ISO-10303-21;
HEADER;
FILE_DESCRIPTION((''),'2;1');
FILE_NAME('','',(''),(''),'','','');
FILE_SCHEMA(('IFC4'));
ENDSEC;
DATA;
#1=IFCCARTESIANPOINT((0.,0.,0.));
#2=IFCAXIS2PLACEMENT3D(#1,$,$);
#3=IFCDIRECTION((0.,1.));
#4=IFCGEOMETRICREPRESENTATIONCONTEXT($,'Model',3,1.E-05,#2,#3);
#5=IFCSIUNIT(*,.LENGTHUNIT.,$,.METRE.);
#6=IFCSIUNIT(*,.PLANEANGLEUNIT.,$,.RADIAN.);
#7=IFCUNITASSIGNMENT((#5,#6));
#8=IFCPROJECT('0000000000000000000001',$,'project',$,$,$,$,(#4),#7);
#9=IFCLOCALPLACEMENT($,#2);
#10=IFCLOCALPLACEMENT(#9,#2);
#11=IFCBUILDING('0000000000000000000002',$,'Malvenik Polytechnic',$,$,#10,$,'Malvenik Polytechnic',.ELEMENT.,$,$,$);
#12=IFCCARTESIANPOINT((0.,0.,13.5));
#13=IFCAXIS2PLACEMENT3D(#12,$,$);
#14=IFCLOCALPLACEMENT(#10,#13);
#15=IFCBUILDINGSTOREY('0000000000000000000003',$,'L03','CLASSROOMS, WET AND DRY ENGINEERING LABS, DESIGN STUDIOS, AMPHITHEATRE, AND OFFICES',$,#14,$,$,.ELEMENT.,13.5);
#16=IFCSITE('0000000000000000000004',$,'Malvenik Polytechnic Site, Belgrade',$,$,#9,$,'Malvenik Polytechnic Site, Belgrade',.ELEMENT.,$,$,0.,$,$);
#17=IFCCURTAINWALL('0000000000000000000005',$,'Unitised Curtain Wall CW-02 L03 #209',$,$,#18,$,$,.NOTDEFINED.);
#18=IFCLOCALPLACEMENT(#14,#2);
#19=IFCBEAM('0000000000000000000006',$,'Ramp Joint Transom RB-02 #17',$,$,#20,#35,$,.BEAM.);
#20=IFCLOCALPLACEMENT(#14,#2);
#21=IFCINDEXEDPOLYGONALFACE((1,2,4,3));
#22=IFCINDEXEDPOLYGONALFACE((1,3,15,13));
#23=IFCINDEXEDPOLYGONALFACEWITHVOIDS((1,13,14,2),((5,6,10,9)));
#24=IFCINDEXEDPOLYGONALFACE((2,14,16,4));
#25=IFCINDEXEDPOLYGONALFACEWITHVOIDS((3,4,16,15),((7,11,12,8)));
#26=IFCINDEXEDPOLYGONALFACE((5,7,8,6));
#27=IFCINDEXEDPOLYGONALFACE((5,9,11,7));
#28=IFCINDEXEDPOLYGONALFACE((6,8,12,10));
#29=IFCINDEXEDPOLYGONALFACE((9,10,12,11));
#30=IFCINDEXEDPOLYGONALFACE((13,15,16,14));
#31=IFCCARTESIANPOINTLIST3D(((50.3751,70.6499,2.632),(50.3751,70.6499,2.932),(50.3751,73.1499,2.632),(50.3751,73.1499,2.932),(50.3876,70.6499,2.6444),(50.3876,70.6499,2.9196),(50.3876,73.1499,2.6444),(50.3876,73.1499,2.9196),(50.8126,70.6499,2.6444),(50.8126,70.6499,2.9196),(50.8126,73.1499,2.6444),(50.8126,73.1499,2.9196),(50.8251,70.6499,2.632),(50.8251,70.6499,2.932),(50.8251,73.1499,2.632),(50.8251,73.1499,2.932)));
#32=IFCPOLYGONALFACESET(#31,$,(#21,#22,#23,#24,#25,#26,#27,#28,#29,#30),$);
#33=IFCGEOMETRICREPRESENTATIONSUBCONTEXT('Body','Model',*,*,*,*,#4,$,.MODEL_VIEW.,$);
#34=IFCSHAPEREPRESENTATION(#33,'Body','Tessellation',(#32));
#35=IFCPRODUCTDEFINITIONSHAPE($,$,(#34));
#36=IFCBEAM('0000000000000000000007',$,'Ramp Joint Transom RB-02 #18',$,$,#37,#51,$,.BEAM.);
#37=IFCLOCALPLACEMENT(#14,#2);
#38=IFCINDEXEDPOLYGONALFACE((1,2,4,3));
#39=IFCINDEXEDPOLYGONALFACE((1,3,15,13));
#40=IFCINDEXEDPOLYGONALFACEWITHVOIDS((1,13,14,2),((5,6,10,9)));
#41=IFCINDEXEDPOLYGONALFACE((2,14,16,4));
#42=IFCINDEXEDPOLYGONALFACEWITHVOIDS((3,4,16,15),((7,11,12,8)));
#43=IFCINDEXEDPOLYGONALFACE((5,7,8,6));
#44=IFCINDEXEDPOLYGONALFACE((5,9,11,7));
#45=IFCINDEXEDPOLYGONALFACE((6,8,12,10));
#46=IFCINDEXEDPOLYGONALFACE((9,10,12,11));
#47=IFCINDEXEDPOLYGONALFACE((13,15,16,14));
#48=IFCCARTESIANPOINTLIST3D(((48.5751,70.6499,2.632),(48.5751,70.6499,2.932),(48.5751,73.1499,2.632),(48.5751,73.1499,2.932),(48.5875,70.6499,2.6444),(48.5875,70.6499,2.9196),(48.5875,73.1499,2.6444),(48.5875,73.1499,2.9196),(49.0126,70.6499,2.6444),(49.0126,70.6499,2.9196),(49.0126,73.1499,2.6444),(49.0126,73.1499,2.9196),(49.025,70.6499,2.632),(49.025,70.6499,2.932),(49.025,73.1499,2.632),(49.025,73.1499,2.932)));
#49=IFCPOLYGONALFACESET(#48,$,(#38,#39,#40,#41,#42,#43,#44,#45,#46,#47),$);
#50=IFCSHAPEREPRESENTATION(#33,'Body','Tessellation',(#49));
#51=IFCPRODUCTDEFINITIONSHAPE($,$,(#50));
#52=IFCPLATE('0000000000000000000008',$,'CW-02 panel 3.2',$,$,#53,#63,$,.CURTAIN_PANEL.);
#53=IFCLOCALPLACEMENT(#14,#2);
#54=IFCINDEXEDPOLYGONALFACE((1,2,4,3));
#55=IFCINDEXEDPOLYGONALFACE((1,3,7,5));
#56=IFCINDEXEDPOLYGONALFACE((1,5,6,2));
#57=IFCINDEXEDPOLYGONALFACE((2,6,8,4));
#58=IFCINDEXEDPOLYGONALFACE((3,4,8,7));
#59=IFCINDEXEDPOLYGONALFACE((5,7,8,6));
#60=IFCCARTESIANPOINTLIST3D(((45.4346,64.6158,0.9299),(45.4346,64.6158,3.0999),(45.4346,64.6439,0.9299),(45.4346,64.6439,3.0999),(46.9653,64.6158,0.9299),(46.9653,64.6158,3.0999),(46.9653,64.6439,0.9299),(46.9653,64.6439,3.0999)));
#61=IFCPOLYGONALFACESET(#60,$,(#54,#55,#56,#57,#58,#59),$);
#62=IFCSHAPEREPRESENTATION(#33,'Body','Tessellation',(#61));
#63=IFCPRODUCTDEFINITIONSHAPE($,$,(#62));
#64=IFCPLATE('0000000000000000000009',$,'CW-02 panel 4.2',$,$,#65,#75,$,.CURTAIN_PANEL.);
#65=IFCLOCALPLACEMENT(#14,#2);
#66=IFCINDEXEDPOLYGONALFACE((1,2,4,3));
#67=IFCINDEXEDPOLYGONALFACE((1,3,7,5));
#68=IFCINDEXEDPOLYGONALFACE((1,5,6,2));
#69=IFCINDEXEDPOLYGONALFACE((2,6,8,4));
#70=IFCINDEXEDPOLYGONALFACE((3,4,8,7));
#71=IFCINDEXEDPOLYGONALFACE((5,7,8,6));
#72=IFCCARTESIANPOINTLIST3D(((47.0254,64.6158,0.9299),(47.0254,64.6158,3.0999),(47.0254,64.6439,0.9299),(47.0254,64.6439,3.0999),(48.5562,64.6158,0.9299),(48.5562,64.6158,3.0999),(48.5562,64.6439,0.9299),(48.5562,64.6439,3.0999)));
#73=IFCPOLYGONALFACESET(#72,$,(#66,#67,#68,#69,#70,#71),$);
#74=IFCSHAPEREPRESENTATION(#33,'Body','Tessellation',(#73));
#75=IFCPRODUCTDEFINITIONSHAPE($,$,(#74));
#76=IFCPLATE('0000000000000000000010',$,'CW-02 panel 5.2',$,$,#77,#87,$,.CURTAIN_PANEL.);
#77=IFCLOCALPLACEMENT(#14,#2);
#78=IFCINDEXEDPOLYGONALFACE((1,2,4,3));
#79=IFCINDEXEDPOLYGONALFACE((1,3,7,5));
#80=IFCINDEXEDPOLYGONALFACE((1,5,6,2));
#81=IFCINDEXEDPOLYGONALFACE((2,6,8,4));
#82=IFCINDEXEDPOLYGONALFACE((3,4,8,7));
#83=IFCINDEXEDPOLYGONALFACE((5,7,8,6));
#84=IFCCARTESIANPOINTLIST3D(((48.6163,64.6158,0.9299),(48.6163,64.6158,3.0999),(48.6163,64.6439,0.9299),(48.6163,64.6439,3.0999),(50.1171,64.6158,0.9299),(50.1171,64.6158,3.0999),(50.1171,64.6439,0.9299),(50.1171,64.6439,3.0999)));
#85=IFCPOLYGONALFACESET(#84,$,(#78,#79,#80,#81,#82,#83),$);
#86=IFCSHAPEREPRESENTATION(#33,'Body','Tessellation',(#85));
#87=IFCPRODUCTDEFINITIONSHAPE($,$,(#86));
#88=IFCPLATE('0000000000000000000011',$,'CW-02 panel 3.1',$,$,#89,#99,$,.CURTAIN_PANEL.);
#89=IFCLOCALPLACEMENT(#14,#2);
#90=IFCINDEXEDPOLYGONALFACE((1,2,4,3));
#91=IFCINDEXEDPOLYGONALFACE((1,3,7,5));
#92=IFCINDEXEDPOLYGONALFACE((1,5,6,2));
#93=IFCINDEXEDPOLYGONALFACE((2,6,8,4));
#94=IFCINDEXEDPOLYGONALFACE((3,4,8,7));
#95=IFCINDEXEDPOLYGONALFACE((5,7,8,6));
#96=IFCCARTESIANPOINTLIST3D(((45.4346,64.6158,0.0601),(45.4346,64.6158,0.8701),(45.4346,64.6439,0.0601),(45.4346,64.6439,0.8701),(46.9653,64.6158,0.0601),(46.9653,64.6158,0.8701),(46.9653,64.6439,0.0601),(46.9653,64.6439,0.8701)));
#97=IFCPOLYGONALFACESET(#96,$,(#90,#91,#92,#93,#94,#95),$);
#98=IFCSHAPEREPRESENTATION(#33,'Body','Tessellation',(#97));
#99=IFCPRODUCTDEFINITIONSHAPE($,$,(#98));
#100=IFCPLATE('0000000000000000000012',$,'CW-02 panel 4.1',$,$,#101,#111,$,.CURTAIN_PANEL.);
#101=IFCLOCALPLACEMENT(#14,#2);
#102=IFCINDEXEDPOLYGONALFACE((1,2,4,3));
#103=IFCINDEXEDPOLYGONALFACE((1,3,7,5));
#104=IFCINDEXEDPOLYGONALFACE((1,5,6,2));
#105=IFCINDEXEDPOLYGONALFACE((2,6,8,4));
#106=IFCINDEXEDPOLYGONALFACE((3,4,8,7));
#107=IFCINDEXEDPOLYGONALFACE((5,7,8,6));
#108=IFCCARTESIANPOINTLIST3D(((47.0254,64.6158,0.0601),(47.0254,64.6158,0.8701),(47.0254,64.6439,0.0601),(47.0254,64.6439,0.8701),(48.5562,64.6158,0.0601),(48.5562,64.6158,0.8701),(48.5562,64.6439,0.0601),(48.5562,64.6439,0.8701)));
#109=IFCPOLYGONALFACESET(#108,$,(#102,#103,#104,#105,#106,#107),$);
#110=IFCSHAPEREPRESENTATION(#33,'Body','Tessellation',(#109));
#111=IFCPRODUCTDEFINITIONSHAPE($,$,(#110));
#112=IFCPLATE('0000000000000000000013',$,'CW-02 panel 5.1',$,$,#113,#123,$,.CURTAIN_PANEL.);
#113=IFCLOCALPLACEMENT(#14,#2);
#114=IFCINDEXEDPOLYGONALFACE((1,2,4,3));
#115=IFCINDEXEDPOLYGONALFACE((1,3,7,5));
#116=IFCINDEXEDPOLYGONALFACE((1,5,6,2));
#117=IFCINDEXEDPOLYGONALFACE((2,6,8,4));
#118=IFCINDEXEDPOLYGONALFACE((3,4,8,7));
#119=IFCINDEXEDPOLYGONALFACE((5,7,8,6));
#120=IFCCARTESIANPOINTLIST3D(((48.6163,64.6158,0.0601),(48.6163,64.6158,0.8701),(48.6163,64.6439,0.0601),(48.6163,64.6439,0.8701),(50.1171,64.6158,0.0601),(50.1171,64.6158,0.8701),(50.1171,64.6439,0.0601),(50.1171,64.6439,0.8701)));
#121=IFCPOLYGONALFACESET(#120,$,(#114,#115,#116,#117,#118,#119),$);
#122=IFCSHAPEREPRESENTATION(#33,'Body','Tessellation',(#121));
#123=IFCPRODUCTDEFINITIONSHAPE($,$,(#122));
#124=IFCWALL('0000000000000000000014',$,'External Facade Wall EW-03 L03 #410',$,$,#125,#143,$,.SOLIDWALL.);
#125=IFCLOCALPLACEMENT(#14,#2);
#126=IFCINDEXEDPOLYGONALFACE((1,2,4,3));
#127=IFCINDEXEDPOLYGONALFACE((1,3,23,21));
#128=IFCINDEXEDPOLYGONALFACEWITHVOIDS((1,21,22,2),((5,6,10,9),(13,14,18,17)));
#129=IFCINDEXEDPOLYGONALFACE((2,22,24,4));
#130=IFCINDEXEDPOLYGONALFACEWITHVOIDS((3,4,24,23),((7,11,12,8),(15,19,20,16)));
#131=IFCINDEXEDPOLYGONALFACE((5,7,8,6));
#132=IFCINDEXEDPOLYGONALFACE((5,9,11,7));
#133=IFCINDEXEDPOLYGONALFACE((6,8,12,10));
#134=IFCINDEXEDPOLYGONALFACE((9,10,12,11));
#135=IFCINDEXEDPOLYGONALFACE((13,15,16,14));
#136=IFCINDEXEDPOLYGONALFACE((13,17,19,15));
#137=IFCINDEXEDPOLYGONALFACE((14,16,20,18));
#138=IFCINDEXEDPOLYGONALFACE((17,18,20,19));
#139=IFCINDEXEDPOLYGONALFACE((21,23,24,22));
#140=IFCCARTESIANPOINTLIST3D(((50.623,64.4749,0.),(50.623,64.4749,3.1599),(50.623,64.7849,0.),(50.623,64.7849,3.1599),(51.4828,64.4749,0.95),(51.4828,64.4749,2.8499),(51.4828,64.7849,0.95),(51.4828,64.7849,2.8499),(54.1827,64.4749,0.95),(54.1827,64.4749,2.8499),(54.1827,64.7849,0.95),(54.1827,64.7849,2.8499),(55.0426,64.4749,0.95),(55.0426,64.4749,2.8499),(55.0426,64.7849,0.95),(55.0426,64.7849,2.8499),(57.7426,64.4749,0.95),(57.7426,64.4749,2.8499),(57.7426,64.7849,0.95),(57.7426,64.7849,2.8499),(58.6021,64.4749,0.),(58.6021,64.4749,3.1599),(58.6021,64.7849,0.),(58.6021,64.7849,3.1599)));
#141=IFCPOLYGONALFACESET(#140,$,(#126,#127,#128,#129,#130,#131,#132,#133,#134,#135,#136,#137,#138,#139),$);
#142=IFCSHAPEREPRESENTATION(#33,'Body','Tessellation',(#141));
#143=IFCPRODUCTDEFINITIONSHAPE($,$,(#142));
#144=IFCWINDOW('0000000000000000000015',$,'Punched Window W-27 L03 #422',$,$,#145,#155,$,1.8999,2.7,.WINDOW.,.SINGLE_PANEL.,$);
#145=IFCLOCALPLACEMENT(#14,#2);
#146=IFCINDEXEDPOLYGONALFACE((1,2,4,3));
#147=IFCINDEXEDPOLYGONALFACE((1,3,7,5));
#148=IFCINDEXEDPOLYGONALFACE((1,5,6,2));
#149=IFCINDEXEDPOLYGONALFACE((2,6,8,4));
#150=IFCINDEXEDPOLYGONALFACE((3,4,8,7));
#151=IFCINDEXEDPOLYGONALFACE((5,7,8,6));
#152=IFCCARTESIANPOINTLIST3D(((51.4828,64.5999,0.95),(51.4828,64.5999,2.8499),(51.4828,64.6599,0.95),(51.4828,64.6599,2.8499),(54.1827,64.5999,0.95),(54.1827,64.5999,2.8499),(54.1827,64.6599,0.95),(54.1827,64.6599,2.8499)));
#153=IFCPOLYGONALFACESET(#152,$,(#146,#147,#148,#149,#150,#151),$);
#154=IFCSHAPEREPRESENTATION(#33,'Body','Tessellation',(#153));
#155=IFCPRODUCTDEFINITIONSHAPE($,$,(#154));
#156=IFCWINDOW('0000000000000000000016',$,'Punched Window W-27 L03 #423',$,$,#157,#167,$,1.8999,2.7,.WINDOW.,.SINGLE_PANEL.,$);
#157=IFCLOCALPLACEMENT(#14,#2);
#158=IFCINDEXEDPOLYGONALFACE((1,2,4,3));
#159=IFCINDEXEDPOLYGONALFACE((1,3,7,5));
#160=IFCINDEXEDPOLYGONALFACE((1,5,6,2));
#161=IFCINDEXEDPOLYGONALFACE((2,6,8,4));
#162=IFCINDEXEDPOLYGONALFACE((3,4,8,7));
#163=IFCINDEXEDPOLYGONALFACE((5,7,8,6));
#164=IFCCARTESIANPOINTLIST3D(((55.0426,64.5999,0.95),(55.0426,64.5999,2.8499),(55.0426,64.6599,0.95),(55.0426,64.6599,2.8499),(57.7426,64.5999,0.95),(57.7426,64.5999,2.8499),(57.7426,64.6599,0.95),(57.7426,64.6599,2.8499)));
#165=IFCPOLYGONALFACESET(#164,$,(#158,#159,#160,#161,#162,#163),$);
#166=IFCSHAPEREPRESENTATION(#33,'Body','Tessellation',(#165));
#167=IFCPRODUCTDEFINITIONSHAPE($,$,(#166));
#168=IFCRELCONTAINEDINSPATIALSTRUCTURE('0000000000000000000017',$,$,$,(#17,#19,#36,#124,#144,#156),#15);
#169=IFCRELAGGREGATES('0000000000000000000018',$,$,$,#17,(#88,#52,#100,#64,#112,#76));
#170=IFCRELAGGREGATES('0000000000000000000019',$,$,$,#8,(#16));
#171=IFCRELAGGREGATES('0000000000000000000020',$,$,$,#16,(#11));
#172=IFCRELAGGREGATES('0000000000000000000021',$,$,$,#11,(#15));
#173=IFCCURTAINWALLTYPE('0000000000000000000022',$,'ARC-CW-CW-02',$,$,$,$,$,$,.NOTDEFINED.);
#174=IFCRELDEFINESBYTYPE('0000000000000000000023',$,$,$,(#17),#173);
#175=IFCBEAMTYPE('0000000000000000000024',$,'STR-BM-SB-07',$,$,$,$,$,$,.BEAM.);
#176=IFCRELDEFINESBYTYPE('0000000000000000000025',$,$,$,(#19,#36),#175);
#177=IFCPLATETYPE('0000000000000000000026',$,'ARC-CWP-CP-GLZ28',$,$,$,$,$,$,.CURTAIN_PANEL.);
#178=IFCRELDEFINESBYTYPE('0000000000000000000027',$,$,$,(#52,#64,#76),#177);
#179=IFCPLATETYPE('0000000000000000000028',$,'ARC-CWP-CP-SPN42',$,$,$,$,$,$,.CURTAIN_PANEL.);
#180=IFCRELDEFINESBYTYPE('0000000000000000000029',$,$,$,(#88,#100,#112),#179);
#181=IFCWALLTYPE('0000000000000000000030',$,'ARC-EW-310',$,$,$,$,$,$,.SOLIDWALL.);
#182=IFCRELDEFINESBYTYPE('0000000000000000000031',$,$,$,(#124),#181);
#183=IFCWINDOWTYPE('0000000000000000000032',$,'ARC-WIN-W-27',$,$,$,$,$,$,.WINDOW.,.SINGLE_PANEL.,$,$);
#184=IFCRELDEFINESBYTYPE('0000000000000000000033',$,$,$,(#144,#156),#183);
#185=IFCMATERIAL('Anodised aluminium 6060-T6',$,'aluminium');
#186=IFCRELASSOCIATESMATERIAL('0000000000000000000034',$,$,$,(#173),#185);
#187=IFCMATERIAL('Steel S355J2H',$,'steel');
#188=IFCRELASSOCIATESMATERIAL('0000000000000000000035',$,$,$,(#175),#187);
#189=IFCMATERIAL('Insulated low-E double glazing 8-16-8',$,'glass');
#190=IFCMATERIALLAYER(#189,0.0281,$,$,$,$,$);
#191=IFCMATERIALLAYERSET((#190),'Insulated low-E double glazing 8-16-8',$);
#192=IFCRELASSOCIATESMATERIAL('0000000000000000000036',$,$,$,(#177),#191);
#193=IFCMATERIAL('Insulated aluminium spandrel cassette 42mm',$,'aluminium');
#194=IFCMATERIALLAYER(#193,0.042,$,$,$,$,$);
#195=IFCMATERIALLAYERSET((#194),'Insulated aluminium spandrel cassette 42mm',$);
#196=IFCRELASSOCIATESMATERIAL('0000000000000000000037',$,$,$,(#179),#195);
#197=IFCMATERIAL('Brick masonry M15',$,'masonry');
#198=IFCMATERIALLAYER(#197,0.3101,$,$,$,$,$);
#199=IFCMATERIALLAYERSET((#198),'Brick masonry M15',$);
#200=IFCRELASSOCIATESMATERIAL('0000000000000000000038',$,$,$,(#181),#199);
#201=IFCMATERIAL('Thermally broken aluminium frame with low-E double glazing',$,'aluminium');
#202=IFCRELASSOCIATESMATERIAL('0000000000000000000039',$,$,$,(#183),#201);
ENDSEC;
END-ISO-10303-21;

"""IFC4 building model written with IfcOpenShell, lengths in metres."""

from ifc_helpers import new_model, si_unit, direction, frame, frame_2d, origin, origin_2d, place, context, subcontext, project, spatial, rectangle, hollow_rectangle, extrude, material, layer, layer_set, material_profile, profile_set, type_object, element, fill, aggregate, save


model = new_model("IFC4")

# Units and contexts
model_context = context("Model", 3, precision=1e-05, world=origin(), true_north=direction((0.0, 1.0)))
body_context = subcontext(model_context, "Body", "Model", "MODEL_VIEW")
ifc_project = project(units=[si_unit("LENGTHUNIT", "METRE"), si_unit("PLANEANGLEUNIT", "RADIAN")], contexts=[model_context])

# Site, building, storey
site_placement = place(None, origin())
site = spatial("IfcSite", under=ifc_project, at=site_placement, Name="Malvenik Polytechnic Site, Belgrade", LongName="Malvenik Polytechnic Site, Belgrade", CompositionType="ELEMENT", RefElevation=0.0)
building_placement = place(site_placement, origin())
building = spatial("IfcBuilding", under=site, at=building_placement, Name="Malvenik Polytechnic", LongName="Malvenik Polytechnic", CompositionType="ELEMENT")
storey_placement = place(building_placement, frame((0.0, 0.0, 13.5)))
storey = spatial("IfcBuildingStorey", under=building, at=storey_placement, Name="L03", Description="CLASSROOMS, WET AND DRY ENGINEERING LABS, DESIGN STUDIOS, AMPHITHEATRE, AND OFFICES", CompositionType="ELEMENT", Elevation=13.5)

# Curtain wall
ifc_material_1 = material(Name="Anodised aluminium 6060-T6", Category="aluminium")
curtain_wall_type = type_object("IfcCurtainWallType", Name="ARC-CW-CW-02", PredefinedType="NOTDEFINED", material=ifc_material_1)
curtain_wall_placement = place(storey_placement, origin())
curtain_wall = element("IfcCurtainWall", 1, at=curtain_wall_placement, inside=storey, type_object=curtain_wall_type, Name="Unitised Curtain Wall CW-02 L03 #209", PredefinedType="NOTDEFINED")

# Beams
ifc_material_2 = material(Name="Steel S355J2H", Category="steel")
ifc_material_profile_1 = material_profile(ifc_material_2, hollow_rectangle(XDim=0.45, YDim=0.3, WallThickness=0.0125, at=origin_2d()), Name="RHS 450x300x12.5")
ifc_profile_set_1 = profile_set([ifc_material_profile_1], Name="Steel S355J2H")
beam_type = type_object("IfcBeamType", Name="STR-BM-SB-07", PredefinedType="BEAM", material=ifc_profile_set_1)
for number, where, z_axis, x_axis, name in (
    (2, (50.6001, 70.6499, 2.782), (0.0, 1.0, 0.0), (-1.0, 0.0, 0.0), "Ramp Joint Transom RB-02 #17"),
    (3, (48.8, 70.6499, 2.782), (0.0, 1.0, 0.0), (-1.0, 0.0, 0.0), "Ramp Joint Transom RB-02 #18"),
):
    element("IfcBeam", number, at=place(storey_placement, frame(where, z_axis=z_axis, x_axis=x_axis)), inside=storey, type_object=beam_type, Name=name, PredefinedType="BEAM", context=body_context, shape_type="SweptSolid", body=[
        extrude(hollow_rectangle(XDim=0.45, YDim=0.3, WallThickness=0.0125, at=origin_2d()), origin(), (0.0, 0.0, 1.0), 2.5),
    ])

# Plates
ifc_material_3 = material(Name="Insulated low-E double glazing 8-16-8", Category="glass")
ifc_layer_1 = layer(ifc_material_3, 0.0281)
ifc_layer_set_1 = layer_set([ifc_layer_1], Name="Insulated low-E double glazing 8-16-8")
plate_type_1 = type_object("IfcPlateType", Name="ARC-CWP-CP-GLZ28", PredefinedType="CURTAIN_PANEL", material=ifc_layer_set_1)
plate_1_placement = place(storey_placement, frame((46.2, 64.6299, 0.9299), z_axis=(0.0, 0.0, 1.0), x_axis=(1.0, 0.0, 0.0)))
plate_1 = element("IfcPlate", 4, at=plate_1_placement, type_object=plate_type_1, Name="CW-02 panel 3.2", PredefinedType="CURTAIN_PANEL", context=body_context, shape_type="SweptSolid", body=[
    extrude(rectangle(XDim=1.5308, YDim=0.0281, at=origin_2d()), origin(), (0.0, 0.0, 1.0), 2.1699),
])
plate_2_placement = place(storey_placement, frame((47.7908, 64.6299, 0.9299), z_axis=(0.0, 0.0, 1.0), x_axis=(1.0, 0.0, 0.0)))
plate_2 = element("IfcPlate", 5, at=plate_2_placement, type_object=plate_type_1, Name="CW-02 panel 4.2", PredefinedType="CURTAIN_PANEL", context=body_context, shape_type="SweptSolid", body=[
    extrude(rectangle(XDim=1.5308, YDim=0.0281, at=origin_2d()), origin(), (0.0, 0.0, 1.0), 2.1699),
])
plate_3_placement = place(storey_placement, frame((49.3667, 64.6299, 0.9299), z_axis=(0.0, 0.0, 1.0), x_axis=(1.0, 0.0, 0.0)))
plate_3 = element("IfcPlate", 6, at=plate_3_placement, type_object=plate_type_1, Name="CW-02 panel 5.2", PredefinedType="CURTAIN_PANEL", context=body_context, shape_type="SweptSolid", body=[
    extrude(rectangle(XDim=1.5007, YDim=0.0281, at=origin_2d()), origin(), (0.0, 0.0, 1.0), 2.1699),
])
ifc_material_4 = material(Name="Insulated aluminium spandrel cassette 42mm", Category="aluminium")
ifc_layer_2 = layer(ifc_material_4, 0.042)
ifc_layer_set_2 = layer_set([ifc_layer_2], Name="Insulated aluminium spandrel cassette 42mm")
plate_type_2 = type_object("IfcPlateType", Name="ARC-CWP-CP-SPN42", PredefinedType="CURTAIN_PANEL", material=ifc_layer_set_2)
plate_4_placement = place(storey_placement, frame((46.2, 64.6299, 0.0601), z_axis=(0.0, 0.0, 1.0), x_axis=(1.0, 0.0, 0.0)))
plate_4 = element("IfcPlate", 7, at=plate_4_placement, type_object=plate_type_2, Name="CW-02 panel 3.1", PredefinedType="CURTAIN_PANEL", context=body_context, shape_type="SweptSolid", body=[
    extrude(rectangle(XDim=1.5308, YDim=0.0281, at=origin_2d()), origin(), (0.0, 0.0, 1.0), 0.8101),
])
plate_5_placement = place(storey_placement, frame((47.7908, 64.6299, 0.0601), z_axis=(0.0, 0.0, 1.0), x_axis=(1.0, 0.0, 0.0)))
plate_5 = element("IfcPlate", 8, at=plate_5_placement, type_object=plate_type_2, Name="CW-02 panel 4.1", PredefinedType="CURTAIN_PANEL", context=body_context, shape_type="SweptSolid", body=[
    extrude(rectangle(XDim=1.5308, YDim=0.0281, at=origin_2d()), origin(), (0.0, 0.0, 1.0), 0.8101),
])
plate_6_placement = place(storey_placement, frame((49.3667, 64.6299, 0.0601), z_axis=(0.0, 0.0, 1.0), x_axis=(1.0, 0.0, 0.0)))
plate_6 = element("IfcPlate", 9, at=plate_6_placement, type_object=plate_type_2, Name="CW-02 panel 5.1", PredefinedType="CURTAIN_PANEL", context=body_context, shape_type="SweptSolid", body=[
    extrude(rectangle(XDim=1.5007, YDim=0.0281, at=origin_2d()), origin(), (0.0, 0.0, 1.0), 0.8101),
])
aggregate(curtain_wall, [plate_4, plate_1, plate_5, plate_2, plate_6, plate_3])

# Wall, openings, windows
ifc_material_5 = material(Name="Brick masonry M15", Category="masonry")
ifc_layer_3 = layer(ifc_material_5, 0.3101)
ifc_layer_set_3 = layer_set([ifc_layer_3], Name="Brick masonry M15")
wall_type = type_object("IfcWallType", Name="ARC-EW-310", PredefinedType="SOLIDWALL", material=ifc_layer_set_3)
wall_placement = place(storey_placement, frame((50.623, 64.6299, 0.0), z_axis=(0.0, 0.0, 1.0), x_axis=(1.0, 0.0, 0.0)))
wall = element("IfcWall", 10, at=wall_placement, inside=storey, type_object=wall_type, Name="External Facade Wall EW-03 L03 #410", PredefinedType="SOLIDWALL", context=body_context, shape_type="SweptSolid", body=[
    extrude(rectangle(XDim=7.979, YDim=0.3101, at=frame_2d((3.9895, 0.0))), origin(), (0.0, 0.0, 1.0), 3.1599),
])
opening_1_placement = place(wall_placement, frame((0.8596, 0.0, 0.95)))
opening_1 = element("IfcOpeningElement", 11, at=opening_1_placement, cuts=wall, PredefinedType="OPENING", context=body_context, shape_type="SweptSolid", body=[
    extrude(rectangle(XDim=2.7, YDim=1.8999, at=frame_2d((1.3501, 0.95))), frame((0.0, 0.165, 0.0), z_axis=(0.0, -1.0, 0.0), x_axis=(1.0, 0.0, 0.0)), (0.0, 0.0, 1.0), 0.3301),
])
opening_2_placement = place(wall_placement, frame((4.4194, 0.0, 0.95)))
opening_2 = element("IfcOpeningElement", 12, at=opening_2_placement, cuts=wall, PredefinedType="OPENING", context=body_context, shape_type="SweptSolid", body=[
    extrude(rectangle(XDim=2.7, YDim=1.8999, at=frame_2d((1.3501, 0.95))), frame((0.0, 0.165, 0.0), z_axis=(0.0, -1.0, 0.0), x_axis=(1.0, 0.0, 0.0)), (0.0, 0.0, 1.0), 0.3301),
])
ifc_material_6 = material(Name="Thermally broken aluminium frame with low-E double glazing", Category="aluminium")
window_type = type_object("IfcWindowType", Name="ARC-WIN-W-27", PartitioningType="SINGLE_PANEL", PredefinedType="WINDOW", material=ifc_material_6)
window_1_placement = place(opening_1_placement, origin())
window_1 = element("IfcWindow", 13, at=window_1_placement, inside=storey, type_object=window_type, Name="Punched Window W-27 L03 #422", OverallHeight=1.8999, OverallWidth=2.7, PartitioningType="SINGLE_PANEL", PredefinedType="WINDOW", context=body_context, shape_type="SweptSolid", body=[
    extrude(rectangle(XDim=2.7, YDim=1.8999, at=frame_2d((1.3501, 0.95))), frame((0.0, 0.03, 0.0), z_axis=(0.0, -1.0, 0.0), x_axis=(1.0, 0.0, 0.0)), (0.0, 0.0, 1.0), 0.0601),
])
fill(opening_1, window_1)
window_2_placement = place(opening_2_placement, origin())
window_2 = element("IfcWindow", 14, at=window_2_placement, inside=storey, type_object=window_type, Name="Punched Window W-27 L03 #423", OverallHeight=1.8999, OverallWidth=2.7, PartitioningType="SINGLE_PANEL", PredefinedType="WINDOW", context=body_context, shape_type="SweptSolid", body=[
    extrude(rectangle(XDim=2.7, YDim=1.8999, at=frame_2d((1.3501, 0.95))), frame((0.0, 0.03, 0.0), z_axis=(0.0, -1.0, 0.0), x_axis=(1.0, 0.0, 0.0)), (0.0, 0.0, 1.0), 0.0601),
])
fill(opening_2, window_2)

save(model, "model.ifc")
